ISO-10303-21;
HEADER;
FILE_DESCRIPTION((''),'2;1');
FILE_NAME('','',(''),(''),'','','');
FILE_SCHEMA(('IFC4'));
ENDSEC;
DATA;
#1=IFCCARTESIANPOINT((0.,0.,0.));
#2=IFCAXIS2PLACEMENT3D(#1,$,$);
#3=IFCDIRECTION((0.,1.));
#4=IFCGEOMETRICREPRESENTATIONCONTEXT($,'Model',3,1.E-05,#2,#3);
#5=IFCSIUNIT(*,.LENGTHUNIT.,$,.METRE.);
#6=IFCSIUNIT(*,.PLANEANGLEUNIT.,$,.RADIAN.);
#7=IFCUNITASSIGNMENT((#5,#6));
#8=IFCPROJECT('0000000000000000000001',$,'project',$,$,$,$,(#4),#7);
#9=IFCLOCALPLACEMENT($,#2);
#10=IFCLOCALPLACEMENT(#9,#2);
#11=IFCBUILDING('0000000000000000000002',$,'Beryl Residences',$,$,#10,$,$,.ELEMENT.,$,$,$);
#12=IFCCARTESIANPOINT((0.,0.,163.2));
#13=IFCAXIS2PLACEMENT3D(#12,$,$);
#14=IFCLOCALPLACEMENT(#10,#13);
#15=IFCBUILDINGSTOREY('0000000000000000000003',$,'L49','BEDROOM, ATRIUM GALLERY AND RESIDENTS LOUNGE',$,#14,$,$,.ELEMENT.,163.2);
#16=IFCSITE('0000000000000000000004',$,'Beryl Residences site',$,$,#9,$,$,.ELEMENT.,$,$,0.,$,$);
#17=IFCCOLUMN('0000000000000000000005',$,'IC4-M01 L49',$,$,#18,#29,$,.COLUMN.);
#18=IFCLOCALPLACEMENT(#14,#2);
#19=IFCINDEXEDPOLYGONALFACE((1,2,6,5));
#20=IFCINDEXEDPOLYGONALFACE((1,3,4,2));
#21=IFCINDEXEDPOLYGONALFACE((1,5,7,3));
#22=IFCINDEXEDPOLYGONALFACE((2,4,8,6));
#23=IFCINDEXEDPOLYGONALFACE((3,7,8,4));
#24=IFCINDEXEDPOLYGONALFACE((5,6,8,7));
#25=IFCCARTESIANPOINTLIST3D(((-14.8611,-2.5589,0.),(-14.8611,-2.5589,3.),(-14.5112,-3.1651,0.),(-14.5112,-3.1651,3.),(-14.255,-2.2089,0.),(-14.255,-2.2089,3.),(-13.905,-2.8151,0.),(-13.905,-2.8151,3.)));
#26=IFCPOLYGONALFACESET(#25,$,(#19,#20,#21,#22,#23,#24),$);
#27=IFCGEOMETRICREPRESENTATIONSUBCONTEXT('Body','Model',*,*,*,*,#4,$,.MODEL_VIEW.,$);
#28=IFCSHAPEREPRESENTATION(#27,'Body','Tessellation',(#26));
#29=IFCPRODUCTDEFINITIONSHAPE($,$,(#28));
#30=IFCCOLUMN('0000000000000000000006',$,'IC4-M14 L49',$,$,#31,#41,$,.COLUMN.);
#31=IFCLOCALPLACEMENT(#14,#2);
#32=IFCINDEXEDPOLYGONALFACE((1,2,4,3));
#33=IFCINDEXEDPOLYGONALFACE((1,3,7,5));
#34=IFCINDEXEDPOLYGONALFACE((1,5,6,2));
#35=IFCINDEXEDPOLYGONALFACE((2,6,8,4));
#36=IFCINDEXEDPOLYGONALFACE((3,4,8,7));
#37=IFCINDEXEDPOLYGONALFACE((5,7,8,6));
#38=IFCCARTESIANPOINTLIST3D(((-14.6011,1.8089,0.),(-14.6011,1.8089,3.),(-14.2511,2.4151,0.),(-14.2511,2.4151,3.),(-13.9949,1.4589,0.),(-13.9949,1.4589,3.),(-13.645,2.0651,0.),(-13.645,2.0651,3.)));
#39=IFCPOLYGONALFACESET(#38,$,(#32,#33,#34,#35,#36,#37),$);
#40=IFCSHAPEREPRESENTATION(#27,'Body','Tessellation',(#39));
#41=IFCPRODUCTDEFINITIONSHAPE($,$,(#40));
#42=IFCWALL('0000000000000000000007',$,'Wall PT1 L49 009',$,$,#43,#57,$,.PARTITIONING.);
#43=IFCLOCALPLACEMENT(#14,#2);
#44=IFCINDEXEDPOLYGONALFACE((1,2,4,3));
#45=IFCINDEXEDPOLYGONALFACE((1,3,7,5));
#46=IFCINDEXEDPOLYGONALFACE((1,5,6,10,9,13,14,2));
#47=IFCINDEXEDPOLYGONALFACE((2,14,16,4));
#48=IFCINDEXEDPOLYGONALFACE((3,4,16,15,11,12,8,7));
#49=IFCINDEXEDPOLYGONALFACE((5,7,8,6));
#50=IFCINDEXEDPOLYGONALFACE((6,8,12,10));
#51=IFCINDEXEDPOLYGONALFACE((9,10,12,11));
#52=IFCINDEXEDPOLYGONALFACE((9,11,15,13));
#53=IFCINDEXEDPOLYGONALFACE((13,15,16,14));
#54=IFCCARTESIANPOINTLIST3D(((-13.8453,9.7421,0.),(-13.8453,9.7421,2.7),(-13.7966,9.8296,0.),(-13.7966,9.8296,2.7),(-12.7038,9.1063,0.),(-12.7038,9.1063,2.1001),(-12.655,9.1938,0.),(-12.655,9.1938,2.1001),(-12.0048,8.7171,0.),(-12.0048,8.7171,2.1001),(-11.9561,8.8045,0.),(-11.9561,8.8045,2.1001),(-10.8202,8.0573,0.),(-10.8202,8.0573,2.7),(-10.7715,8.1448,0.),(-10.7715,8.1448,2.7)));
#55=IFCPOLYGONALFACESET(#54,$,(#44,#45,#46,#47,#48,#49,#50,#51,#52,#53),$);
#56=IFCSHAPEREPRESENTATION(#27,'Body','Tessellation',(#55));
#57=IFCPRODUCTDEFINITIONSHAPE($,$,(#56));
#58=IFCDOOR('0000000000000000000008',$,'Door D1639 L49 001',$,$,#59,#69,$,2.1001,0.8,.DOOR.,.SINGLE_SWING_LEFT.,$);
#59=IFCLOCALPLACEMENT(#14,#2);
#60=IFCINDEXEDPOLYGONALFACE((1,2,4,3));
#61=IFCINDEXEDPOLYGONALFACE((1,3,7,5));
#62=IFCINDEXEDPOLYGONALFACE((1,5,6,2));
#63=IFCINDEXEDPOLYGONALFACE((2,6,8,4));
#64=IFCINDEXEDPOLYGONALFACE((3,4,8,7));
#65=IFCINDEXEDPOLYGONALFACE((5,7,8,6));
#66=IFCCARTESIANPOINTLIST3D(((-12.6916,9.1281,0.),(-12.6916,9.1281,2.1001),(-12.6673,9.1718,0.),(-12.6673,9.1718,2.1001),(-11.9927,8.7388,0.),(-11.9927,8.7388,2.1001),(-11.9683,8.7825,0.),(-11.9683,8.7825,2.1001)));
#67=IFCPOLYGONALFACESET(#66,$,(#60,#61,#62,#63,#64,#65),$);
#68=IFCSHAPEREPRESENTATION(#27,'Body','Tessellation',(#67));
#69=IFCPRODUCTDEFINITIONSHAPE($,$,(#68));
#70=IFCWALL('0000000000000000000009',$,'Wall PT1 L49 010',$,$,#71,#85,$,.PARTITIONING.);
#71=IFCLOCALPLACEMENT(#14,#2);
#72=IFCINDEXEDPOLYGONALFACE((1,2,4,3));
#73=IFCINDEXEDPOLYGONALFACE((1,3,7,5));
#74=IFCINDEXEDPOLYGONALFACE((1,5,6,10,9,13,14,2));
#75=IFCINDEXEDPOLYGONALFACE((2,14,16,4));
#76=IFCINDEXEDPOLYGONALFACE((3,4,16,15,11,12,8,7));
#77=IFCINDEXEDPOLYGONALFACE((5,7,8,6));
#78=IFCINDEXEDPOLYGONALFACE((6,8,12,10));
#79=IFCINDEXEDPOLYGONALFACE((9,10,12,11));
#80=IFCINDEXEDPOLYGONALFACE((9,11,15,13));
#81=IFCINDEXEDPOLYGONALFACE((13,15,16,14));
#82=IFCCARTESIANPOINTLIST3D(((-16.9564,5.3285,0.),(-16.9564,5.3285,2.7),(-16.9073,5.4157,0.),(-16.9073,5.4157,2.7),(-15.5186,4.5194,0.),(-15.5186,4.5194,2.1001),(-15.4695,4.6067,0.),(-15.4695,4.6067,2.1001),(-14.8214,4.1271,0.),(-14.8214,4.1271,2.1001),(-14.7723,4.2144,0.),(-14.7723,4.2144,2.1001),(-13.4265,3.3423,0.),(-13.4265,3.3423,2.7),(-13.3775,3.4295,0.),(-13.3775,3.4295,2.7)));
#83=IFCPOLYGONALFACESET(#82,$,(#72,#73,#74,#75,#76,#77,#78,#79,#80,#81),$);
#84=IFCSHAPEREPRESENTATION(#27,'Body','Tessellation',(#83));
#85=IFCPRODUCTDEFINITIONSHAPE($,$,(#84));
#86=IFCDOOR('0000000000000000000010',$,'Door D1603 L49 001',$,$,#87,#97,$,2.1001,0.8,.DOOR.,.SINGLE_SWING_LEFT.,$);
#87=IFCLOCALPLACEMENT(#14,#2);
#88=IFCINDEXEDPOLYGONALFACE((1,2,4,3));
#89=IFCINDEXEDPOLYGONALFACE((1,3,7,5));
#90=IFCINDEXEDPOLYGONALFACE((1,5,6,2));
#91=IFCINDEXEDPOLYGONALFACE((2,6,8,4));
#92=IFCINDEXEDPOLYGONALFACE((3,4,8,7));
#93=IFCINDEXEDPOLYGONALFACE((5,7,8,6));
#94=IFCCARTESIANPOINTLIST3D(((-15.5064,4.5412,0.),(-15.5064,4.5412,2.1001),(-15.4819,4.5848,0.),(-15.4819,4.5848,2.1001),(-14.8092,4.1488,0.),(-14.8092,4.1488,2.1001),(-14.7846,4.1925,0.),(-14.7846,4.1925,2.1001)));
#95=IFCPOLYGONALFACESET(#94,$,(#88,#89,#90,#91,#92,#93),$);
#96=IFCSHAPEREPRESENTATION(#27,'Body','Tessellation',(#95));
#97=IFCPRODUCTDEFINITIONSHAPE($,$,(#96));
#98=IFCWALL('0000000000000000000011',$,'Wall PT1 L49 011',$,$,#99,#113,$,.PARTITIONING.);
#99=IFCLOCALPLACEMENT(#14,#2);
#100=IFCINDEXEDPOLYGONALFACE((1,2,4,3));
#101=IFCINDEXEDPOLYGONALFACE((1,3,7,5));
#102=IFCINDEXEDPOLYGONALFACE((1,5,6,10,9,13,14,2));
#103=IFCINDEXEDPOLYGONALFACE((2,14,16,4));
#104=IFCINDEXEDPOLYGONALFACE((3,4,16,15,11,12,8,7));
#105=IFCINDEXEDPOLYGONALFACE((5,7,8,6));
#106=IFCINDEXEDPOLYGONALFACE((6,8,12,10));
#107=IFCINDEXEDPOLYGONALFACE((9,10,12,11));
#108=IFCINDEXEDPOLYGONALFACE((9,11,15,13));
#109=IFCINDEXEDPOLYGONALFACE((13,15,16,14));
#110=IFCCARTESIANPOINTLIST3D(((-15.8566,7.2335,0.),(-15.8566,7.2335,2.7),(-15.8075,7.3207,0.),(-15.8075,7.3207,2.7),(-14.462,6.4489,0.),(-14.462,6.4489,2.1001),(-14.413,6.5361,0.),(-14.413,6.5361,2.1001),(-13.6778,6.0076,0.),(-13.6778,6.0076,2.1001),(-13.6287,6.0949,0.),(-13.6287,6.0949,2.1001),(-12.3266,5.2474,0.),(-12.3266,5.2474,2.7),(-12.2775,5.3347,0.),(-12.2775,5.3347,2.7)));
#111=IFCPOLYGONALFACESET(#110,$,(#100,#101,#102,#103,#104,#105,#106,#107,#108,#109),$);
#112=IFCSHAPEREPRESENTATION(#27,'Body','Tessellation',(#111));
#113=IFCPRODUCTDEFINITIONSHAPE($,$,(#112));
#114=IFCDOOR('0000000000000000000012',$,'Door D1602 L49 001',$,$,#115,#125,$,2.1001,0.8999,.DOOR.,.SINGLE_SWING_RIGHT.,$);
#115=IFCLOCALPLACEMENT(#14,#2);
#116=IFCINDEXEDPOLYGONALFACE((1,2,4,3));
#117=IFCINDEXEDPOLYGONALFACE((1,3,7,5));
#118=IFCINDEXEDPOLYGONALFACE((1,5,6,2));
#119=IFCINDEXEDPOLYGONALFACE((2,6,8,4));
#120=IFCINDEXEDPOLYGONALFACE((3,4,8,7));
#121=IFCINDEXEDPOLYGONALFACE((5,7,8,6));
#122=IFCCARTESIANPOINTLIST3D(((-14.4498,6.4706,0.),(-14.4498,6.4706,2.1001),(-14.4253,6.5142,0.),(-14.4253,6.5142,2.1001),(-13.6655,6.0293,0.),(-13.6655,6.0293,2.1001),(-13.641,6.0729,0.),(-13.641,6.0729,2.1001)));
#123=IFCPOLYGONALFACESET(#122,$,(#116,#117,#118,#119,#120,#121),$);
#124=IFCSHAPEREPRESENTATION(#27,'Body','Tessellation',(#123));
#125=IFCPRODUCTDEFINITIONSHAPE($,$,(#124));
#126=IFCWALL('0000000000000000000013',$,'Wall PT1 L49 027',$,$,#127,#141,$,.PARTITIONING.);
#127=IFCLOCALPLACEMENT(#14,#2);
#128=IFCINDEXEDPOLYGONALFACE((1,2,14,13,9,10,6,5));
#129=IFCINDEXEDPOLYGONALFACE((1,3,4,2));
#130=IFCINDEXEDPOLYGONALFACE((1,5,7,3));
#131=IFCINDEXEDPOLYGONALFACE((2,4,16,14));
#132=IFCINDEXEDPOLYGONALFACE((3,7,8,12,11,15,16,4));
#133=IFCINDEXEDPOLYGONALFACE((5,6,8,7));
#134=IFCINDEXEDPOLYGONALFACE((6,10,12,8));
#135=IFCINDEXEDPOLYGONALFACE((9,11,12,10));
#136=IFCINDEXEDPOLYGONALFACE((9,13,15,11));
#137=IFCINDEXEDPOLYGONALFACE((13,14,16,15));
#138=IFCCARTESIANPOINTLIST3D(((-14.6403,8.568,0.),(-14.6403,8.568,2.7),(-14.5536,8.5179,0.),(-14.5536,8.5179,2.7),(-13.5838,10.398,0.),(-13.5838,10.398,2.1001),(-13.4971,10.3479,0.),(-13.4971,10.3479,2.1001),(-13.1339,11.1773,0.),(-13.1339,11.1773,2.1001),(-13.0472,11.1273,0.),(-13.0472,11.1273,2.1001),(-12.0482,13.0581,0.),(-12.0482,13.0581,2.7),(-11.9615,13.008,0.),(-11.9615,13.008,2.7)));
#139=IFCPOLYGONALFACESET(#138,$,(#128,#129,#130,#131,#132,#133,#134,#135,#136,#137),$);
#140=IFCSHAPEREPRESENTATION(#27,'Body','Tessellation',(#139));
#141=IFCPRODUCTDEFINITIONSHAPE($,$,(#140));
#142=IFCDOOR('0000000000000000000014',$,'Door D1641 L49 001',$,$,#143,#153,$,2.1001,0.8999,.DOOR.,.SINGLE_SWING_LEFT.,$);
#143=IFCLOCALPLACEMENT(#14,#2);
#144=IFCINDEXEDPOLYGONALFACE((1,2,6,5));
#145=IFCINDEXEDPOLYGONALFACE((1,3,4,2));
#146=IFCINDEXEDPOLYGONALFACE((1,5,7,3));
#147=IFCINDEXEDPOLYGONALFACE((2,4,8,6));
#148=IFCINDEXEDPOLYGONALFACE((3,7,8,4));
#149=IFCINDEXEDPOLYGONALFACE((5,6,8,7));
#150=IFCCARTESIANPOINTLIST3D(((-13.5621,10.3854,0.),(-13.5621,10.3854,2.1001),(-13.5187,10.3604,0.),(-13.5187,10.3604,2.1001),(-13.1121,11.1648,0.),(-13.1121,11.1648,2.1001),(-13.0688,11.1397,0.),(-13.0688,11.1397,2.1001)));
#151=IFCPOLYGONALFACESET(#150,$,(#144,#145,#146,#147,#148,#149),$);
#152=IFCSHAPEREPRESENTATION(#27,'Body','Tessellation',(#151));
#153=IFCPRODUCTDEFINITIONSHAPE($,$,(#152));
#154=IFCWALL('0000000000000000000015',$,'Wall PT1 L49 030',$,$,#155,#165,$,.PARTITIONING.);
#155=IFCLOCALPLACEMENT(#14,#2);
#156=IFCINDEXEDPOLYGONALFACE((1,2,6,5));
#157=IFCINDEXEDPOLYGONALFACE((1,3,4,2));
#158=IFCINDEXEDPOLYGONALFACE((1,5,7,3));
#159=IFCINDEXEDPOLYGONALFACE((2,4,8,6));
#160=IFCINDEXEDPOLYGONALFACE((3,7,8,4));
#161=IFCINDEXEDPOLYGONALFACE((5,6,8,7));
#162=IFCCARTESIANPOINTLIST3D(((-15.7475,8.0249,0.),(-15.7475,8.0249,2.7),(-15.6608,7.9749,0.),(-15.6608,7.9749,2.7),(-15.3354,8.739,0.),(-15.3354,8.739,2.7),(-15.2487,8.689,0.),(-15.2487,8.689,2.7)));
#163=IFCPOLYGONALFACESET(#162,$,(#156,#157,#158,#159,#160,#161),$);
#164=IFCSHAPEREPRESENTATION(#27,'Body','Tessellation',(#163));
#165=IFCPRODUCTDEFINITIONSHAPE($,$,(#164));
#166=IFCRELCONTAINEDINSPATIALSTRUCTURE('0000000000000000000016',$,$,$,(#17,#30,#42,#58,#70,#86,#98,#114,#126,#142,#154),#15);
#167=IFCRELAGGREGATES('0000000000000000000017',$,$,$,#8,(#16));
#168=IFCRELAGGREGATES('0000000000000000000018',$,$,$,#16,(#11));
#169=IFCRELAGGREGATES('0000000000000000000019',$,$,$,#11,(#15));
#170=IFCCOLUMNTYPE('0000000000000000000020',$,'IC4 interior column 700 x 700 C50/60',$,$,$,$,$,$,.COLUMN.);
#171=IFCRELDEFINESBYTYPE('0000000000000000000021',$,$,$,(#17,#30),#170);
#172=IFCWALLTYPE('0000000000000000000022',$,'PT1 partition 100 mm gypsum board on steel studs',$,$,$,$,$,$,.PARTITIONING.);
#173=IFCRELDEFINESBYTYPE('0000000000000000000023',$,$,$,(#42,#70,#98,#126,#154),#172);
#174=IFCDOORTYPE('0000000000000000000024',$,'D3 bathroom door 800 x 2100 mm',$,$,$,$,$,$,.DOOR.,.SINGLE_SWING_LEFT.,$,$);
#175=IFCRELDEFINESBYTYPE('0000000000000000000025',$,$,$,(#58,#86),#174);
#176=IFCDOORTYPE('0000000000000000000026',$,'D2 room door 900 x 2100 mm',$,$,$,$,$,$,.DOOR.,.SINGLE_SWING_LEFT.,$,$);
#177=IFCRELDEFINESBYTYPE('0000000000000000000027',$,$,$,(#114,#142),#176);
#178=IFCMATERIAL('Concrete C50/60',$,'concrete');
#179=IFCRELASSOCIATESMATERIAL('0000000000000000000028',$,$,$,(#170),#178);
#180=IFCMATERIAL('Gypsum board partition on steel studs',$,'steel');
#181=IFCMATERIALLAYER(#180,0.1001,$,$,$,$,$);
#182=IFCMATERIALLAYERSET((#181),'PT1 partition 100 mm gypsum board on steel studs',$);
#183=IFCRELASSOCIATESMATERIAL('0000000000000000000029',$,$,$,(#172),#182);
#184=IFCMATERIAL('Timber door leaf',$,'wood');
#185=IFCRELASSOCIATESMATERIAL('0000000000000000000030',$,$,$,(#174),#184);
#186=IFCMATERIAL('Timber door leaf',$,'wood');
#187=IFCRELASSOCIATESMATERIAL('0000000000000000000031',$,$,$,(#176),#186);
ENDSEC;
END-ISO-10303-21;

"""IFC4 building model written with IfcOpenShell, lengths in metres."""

from ifc_helpers import new_model, si_unit, direction, frame, frame_2d, origin, origin_2d, place, context, subcontext, project, spatial, rectangle, extrude, material, layer, layer_set, material_profile, profile_set, type_object, element, fill, save


model = new_model("IFC4")

# Units and contexts
model_context = context("Model", 3, precision=1e-05, world=origin(), true_north=direction((0.0, 1.0)))
body_context = subcontext(model_context, "Body", "Model", "MODEL_VIEW")
ifc_project = project(units=[si_unit("LENGTHUNIT", "METRE"), si_unit("PLANEANGLEUNIT", "RADIAN")], contexts=[model_context])

# Site, building, storey
site_placement = place(None, origin())
site = spatial("IfcSite", under=ifc_project, at=site_placement, Name="Beryl Residences site", CompositionType="ELEMENT", RefElevation=0.0)
building_placement = place(site_placement, origin())
building = spatial("IfcBuilding", under=site, at=building_placement, Name="Beryl Residences", CompositionType="ELEMENT")
storey_placement = place(building_placement, frame((0.0, 0.0, 163.2)))
storey = spatial("IfcBuildingStorey", under=building, at=storey_placement, Name="L49", Description="BEDROOM, ATRIUM GALLERY AND RESIDENTS LOUNGE", CompositionType="ELEMENT", Elevation=163.2)

# Columns
ifc_material_1 = material(Name="Concrete C50/60", Category="concrete")
ifc_material_profile = material_profile(ifc_material_1, rectangle(XDim=0.7, YDim=0.7, at=origin_2d()))
ifc_profile_set = profile_set([ifc_material_profile], Name="Concrete C50/60")
column_type = type_object("IfcColumnType", Name="IC4 interior column 700 x 700 C50/60", PredefinedType="COLUMN", material=ifc_profile_set)
for number, where, z_axis, x_axis, name in (
    (1, (-14.3831, -2.687, 0.0), (0.0, 0.0, 1.0), (0.5, -0.866025, 0.0), "IC4-M01 L49"),
    (2, (-14.123, 1.937, 0.0), (0.0, 0.0, 1.0), (-0.5, -0.866025, 0.0), "IC4-M14 L49"),
):
    element("IfcColumn", number, at=place(storey_placement, frame(where, z_axis=z_axis, x_axis=x_axis)), inside=storey, type_object=column_type, Name=name, PredefinedType="COLUMN", context=body_context, shape_type="SweptSolid", body=[
        extrude(rectangle(XDim=0.7, YDim=0.7, at=origin_2d()), origin(), (0.0, 0.0, 1.0), 3.0),
    ])

# Walls, openings, doors
ifc_material_2 = material(Name="Gypsum board partition on steel studs", Category="steel")
ifc_layer_1 = layer(ifc_material_2, 0.1001)
ifc_layer_set_1 = layer_set([ifc_layer_1], Name="PT1 partition 100 mm gypsum board on steel studs")
wall_type_1 = type_object("IfcWallType", Name="PT1 partition 100 mm gypsum board on steel studs", PredefinedType="PARTITIONING", material=ifc_layer_set_1)
wall_1_placement = place(storey_placement, frame((-13.821, 9.7859, 0.0), z_axis=(0.0, 0.0, 1.0), x_axis=(0.873645, -0.486565, 0.0)))
wall_1 = element("IfcWall", 3, at=wall_1_placement, inside=storey, type_object=wall_type_1, Name="Wall PT1 L49 009", PredefinedType="PARTITIONING", context=body_context, shape_type="SweptSolid", body=[
    extrude(rectangle(XDim=3.4626, YDim=0.1001, at=frame_2d((1.7314, 0.0))), origin(), (0.0, 0.0, 1.0), 2.7),
])
opening_1_placement = place(wall_1_placement, frame((1.3069, 0.0, 0.0)))
opening_1 = element("IfcOpeningElement", 4, at=opening_1_placement, cuts=wall_1, PredefinedType="OPENING", context=body_context, shape_type="SweptSolid", body=[
    extrude(rectangle(XDim=0.8, YDim=2.1001, at=frame_2d((0.3999, 1.05))), frame((0.0, 0.0601, 0.0), z_axis=(0.0, -1.0, 0.0), x_axis=(1.0, 0.0, 0.0)), (0.0, 0.0, 1.0), 0.1201),
])
ifc_material_3 = material(Name="Timber door leaf", Category="wood")
door_type_1 = type_object("IfcDoorType", Name="D3 bathroom door 800 x 2100 mm", OperationType="SINGLE_SWING_LEFT", PredefinedType="DOOR", material=ifc_material_3)
door_1_placement = place(opening_1_placement, origin())
door_1 = element("IfcDoor", 5, at=door_1_placement, inside=storey, type_object=door_type_1, Name="Door D1639 L49 001", OperationType="SINGLE_SWING_LEFT", OverallHeight=2.1001, OverallWidth=0.8, PredefinedType="DOOR", context=body_context, shape_type="SweptSolid", body=[
    extrude(rectangle(XDim=0.8, YDim=2.1001, at=frame_2d((0.3999, 1.05))), frame((0.0, 0.0249, 0.0), z_axis=(0.0, -1.0, 0.0), x_axis=(1.0, 0.0, 0.0)), (0.0, 0.0, 1.0), 0.05),
])
fill(opening_1, door_1)
wall_2_placement = place(storey_placement, frame((-16.9319, 5.3721, 0.0), z_axis=(0.0, 0.0, 1.0), x_axis=(0.871514, -0.49037, 0.0)))
wall_2 = element("IfcWall", 6, at=wall_2_placement, inside=storey, type_object=wall_type_1, Name="Wall PT1 L49 010", PredefinedType="PARTITIONING", context=body_context, shape_type="SweptSolid", body=[
    extrude(rectangle(XDim=4.0503, YDim=0.1001, at=frame_2d((2.0251, 0.0))), origin(), (0.0, 0.0, 1.0), 2.7),
])
opening_2_placement = place(wall_2_placement, frame((1.6499, 0.0, 0.0)))
opening_2 = element("IfcOpeningElement", 7, at=opening_2_placement, cuts=wall_2, PredefinedType="OPENING", context=body_context, shape_type="SweptSolid", body=[
    extrude(rectangle(XDim=0.8, YDim=2.1001, at=frame_2d((0.3999, 1.05))), frame((0.0, 0.0601, 0.0), z_axis=(0.0, -1.0, 0.0), x_axis=(1.0, 0.0, 0.0)), (0.0, 0.0, 1.0), 0.1201),
])
door_2_placement = place(opening_2_placement, origin())
door_2 = element("IfcDoor", 8, at=door_2_placement, inside=storey, type_object=door_type_1, Name="Door D1603 L49 001", OperationType="SINGLE_SWING_LEFT", OverallHeight=2.1001, OverallWidth=0.8, PredefinedType="DOOR", context=body_context, shape_type="SweptSolid", body=[
    extrude(rectangle(XDim=0.8, YDim=2.1001, at=frame_2d((0.3999, 1.05))), frame((0.0, 0.0249, 0.0), z_axis=(0.0, -1.0, 0.0), x_axis=(1.0, 0.0, 0.0)), (0.0, 0.0, 1.0), 0.05),
])
fill(opening_2, door_2)
wall_3_placement = place(storey_placement, frame((-15.832, 7.2771, 0.0), z_axis=(0.0, 0.0, 1.0), x_axis=(0.871529, -0.490344, 0.0)))
wall_3 = element("IfcWall", 9, at=wall_3_placement, inside=storey, type_object=wall_type_1, Name="Wall PT1 L49 011", PredefinedType="PARTITIONING", context=body_context, shape_type="SweptSolid", body=[
    extrude(rectangle(XDim=4.0503, YDim=0.1001, at=frame_2d((2.0251, 0.0))), origin(), (0.0, 0.0, 1.0), 2.7),
])
opening_3_placement = place(wall_3_placement, frame((1.6001, 0.0, 0.0)))
opening_3 = element("IfcOpeningElement", 10, at=opening_3_placement, cuts=wall_3, PredefinedType="OPENING", context=body_context, shape_type="SweptSolid", body=[
    extrude(rectangle(XDim=0.8999, YDim=2.1001, at=frame_2d((0.45, 1.05))), frame((0.0, 0.0601, 0.0), z_axis=(0.0, -1.0, 0.0), x_axis=(1.0, 0.0, 0.0)), (0.0, 0.0, 1.0), 0.1201),
])
ifc_material_4 = material(Name="Timber door leaf", Category="wood")
door_type_2 = type_object("IfcDoorType", Name="D2 room door 900 x 2100 mm", OperationType="SINGLE_SWING_LEFT", PredefinedType="DOOR", material=ifc_material_4)
door_3_placement = place(opening_3_placement, origin())
door_3 = element("IfcDoor", 11, at=door_3_placement, inside=storey, type_object=door_type_2, Name="Door D1602 L49 001", OperationType="SINGLE_SWING_RIGHT", OverallHeight=2.1001, OverallWidth=0.8999, PredefinedType="DOOR", context=body_context, shape_type="SweptSolid", body=[
    extrude(rectangle(XDim=0.8999, YDim=2.1001, at=frame_2d((0.45, 1.05))), frame((0.0, 0.0249, 0.0), z_axis=(0.0, -1.0, 0.0), x_axis=(1.0, 0.0, 0.0)), (0.0, 0.0, 1.0), 0.05),
])
fill(opening_3, door_3)
wall_4_placement = place(storey_placement, frame((-14.5969, 8.543, 0.0), z_axis=(0.0, 0.0, 1.0), x_axis=(0.499963, 0.866047, 0.0)))
wall_4 = element("IfcWall", 12, at=wall_4_placement, inside=storey, type_object=wall_type_1, Name="Wall PT1 L49 027", PredefinedType="PARTITIONING", context=body_context, shape_type="SweptSolid", body=[
    extrude(rectangle(XDim=5.1846, YDim=0.1001, at=frame_2d((2.5923, 0.0))), origin(), (0.0, 0.0, 1.0), 2.7),
])
opening_4_placement = place(wall_4_placement, frame((2.113, 0.0, 0.0)))
opening_4 = element("IfcOpeningElement", 13, at=opening_4_placement, cuts=wall_4, PredefinedType="OPENING", context=body_context, shape_type="SweptSolid", body=[
    extrude(rectangle(XDim=0.8999, YDim=2.1001, at=frame_2d((0.45, 1.05))), frame((0.0, 0.0601, 0.0), z_axis=(0.0, -1.0, 0.0), x_axis=(1.0, 0.0, 0.0)), (0.0, 0.0, 1.0), 0.1201),
])
door_4_placement = place(opening_4_placement, origin())
door_4 = element("IfcDoor", 14, at=door_4_placement, inside=storey, type_object=door_type_2, Name="Door D1641 L49 001", OperationType="SINGLE_SWING_LEFT", OverallHeight=2.1001, OverallWidth=0.8999, PredefinedType="DOOR", context=body_context, shape_type="SweptSolid", body=[
    extrude(rectangle(XDim=0.8999, YDim=2.1001, at=frame_2d((0.45, 1.05))), frame((0.0, 0.0249, 0.0), z_axis=(0.0, -1.0, 0.0), x_axis=(1.0, 0.0, 0.0)), (0.0, 0.0, 1.0), 0.05),
])
fill(opening_4, door_4)

# Wall
wall_5_placement = place(storey_placement, frame((-15.7041, 8.0, 0.0), z_axis=(0.0, 0.0, 1.0), x_axis=(0.499834, 0.866121, 0.0)))
element("IfcWall", 15, at=wall_5_placement, inside=storey, type_object=wall_type_1, Name="Wall PT1 L49 030", PredefinedType="PARTITIONING", context=body_context, shape_type="SweptSolid", body=[
    extrude(rectangle(XDim=0.8245, YDim=0.1001, at=frame_2d((0.4121, 0.0))), origin(), (0.0, 0.0, 1.0), 2.7),
])

save(model, "model.ifc")
